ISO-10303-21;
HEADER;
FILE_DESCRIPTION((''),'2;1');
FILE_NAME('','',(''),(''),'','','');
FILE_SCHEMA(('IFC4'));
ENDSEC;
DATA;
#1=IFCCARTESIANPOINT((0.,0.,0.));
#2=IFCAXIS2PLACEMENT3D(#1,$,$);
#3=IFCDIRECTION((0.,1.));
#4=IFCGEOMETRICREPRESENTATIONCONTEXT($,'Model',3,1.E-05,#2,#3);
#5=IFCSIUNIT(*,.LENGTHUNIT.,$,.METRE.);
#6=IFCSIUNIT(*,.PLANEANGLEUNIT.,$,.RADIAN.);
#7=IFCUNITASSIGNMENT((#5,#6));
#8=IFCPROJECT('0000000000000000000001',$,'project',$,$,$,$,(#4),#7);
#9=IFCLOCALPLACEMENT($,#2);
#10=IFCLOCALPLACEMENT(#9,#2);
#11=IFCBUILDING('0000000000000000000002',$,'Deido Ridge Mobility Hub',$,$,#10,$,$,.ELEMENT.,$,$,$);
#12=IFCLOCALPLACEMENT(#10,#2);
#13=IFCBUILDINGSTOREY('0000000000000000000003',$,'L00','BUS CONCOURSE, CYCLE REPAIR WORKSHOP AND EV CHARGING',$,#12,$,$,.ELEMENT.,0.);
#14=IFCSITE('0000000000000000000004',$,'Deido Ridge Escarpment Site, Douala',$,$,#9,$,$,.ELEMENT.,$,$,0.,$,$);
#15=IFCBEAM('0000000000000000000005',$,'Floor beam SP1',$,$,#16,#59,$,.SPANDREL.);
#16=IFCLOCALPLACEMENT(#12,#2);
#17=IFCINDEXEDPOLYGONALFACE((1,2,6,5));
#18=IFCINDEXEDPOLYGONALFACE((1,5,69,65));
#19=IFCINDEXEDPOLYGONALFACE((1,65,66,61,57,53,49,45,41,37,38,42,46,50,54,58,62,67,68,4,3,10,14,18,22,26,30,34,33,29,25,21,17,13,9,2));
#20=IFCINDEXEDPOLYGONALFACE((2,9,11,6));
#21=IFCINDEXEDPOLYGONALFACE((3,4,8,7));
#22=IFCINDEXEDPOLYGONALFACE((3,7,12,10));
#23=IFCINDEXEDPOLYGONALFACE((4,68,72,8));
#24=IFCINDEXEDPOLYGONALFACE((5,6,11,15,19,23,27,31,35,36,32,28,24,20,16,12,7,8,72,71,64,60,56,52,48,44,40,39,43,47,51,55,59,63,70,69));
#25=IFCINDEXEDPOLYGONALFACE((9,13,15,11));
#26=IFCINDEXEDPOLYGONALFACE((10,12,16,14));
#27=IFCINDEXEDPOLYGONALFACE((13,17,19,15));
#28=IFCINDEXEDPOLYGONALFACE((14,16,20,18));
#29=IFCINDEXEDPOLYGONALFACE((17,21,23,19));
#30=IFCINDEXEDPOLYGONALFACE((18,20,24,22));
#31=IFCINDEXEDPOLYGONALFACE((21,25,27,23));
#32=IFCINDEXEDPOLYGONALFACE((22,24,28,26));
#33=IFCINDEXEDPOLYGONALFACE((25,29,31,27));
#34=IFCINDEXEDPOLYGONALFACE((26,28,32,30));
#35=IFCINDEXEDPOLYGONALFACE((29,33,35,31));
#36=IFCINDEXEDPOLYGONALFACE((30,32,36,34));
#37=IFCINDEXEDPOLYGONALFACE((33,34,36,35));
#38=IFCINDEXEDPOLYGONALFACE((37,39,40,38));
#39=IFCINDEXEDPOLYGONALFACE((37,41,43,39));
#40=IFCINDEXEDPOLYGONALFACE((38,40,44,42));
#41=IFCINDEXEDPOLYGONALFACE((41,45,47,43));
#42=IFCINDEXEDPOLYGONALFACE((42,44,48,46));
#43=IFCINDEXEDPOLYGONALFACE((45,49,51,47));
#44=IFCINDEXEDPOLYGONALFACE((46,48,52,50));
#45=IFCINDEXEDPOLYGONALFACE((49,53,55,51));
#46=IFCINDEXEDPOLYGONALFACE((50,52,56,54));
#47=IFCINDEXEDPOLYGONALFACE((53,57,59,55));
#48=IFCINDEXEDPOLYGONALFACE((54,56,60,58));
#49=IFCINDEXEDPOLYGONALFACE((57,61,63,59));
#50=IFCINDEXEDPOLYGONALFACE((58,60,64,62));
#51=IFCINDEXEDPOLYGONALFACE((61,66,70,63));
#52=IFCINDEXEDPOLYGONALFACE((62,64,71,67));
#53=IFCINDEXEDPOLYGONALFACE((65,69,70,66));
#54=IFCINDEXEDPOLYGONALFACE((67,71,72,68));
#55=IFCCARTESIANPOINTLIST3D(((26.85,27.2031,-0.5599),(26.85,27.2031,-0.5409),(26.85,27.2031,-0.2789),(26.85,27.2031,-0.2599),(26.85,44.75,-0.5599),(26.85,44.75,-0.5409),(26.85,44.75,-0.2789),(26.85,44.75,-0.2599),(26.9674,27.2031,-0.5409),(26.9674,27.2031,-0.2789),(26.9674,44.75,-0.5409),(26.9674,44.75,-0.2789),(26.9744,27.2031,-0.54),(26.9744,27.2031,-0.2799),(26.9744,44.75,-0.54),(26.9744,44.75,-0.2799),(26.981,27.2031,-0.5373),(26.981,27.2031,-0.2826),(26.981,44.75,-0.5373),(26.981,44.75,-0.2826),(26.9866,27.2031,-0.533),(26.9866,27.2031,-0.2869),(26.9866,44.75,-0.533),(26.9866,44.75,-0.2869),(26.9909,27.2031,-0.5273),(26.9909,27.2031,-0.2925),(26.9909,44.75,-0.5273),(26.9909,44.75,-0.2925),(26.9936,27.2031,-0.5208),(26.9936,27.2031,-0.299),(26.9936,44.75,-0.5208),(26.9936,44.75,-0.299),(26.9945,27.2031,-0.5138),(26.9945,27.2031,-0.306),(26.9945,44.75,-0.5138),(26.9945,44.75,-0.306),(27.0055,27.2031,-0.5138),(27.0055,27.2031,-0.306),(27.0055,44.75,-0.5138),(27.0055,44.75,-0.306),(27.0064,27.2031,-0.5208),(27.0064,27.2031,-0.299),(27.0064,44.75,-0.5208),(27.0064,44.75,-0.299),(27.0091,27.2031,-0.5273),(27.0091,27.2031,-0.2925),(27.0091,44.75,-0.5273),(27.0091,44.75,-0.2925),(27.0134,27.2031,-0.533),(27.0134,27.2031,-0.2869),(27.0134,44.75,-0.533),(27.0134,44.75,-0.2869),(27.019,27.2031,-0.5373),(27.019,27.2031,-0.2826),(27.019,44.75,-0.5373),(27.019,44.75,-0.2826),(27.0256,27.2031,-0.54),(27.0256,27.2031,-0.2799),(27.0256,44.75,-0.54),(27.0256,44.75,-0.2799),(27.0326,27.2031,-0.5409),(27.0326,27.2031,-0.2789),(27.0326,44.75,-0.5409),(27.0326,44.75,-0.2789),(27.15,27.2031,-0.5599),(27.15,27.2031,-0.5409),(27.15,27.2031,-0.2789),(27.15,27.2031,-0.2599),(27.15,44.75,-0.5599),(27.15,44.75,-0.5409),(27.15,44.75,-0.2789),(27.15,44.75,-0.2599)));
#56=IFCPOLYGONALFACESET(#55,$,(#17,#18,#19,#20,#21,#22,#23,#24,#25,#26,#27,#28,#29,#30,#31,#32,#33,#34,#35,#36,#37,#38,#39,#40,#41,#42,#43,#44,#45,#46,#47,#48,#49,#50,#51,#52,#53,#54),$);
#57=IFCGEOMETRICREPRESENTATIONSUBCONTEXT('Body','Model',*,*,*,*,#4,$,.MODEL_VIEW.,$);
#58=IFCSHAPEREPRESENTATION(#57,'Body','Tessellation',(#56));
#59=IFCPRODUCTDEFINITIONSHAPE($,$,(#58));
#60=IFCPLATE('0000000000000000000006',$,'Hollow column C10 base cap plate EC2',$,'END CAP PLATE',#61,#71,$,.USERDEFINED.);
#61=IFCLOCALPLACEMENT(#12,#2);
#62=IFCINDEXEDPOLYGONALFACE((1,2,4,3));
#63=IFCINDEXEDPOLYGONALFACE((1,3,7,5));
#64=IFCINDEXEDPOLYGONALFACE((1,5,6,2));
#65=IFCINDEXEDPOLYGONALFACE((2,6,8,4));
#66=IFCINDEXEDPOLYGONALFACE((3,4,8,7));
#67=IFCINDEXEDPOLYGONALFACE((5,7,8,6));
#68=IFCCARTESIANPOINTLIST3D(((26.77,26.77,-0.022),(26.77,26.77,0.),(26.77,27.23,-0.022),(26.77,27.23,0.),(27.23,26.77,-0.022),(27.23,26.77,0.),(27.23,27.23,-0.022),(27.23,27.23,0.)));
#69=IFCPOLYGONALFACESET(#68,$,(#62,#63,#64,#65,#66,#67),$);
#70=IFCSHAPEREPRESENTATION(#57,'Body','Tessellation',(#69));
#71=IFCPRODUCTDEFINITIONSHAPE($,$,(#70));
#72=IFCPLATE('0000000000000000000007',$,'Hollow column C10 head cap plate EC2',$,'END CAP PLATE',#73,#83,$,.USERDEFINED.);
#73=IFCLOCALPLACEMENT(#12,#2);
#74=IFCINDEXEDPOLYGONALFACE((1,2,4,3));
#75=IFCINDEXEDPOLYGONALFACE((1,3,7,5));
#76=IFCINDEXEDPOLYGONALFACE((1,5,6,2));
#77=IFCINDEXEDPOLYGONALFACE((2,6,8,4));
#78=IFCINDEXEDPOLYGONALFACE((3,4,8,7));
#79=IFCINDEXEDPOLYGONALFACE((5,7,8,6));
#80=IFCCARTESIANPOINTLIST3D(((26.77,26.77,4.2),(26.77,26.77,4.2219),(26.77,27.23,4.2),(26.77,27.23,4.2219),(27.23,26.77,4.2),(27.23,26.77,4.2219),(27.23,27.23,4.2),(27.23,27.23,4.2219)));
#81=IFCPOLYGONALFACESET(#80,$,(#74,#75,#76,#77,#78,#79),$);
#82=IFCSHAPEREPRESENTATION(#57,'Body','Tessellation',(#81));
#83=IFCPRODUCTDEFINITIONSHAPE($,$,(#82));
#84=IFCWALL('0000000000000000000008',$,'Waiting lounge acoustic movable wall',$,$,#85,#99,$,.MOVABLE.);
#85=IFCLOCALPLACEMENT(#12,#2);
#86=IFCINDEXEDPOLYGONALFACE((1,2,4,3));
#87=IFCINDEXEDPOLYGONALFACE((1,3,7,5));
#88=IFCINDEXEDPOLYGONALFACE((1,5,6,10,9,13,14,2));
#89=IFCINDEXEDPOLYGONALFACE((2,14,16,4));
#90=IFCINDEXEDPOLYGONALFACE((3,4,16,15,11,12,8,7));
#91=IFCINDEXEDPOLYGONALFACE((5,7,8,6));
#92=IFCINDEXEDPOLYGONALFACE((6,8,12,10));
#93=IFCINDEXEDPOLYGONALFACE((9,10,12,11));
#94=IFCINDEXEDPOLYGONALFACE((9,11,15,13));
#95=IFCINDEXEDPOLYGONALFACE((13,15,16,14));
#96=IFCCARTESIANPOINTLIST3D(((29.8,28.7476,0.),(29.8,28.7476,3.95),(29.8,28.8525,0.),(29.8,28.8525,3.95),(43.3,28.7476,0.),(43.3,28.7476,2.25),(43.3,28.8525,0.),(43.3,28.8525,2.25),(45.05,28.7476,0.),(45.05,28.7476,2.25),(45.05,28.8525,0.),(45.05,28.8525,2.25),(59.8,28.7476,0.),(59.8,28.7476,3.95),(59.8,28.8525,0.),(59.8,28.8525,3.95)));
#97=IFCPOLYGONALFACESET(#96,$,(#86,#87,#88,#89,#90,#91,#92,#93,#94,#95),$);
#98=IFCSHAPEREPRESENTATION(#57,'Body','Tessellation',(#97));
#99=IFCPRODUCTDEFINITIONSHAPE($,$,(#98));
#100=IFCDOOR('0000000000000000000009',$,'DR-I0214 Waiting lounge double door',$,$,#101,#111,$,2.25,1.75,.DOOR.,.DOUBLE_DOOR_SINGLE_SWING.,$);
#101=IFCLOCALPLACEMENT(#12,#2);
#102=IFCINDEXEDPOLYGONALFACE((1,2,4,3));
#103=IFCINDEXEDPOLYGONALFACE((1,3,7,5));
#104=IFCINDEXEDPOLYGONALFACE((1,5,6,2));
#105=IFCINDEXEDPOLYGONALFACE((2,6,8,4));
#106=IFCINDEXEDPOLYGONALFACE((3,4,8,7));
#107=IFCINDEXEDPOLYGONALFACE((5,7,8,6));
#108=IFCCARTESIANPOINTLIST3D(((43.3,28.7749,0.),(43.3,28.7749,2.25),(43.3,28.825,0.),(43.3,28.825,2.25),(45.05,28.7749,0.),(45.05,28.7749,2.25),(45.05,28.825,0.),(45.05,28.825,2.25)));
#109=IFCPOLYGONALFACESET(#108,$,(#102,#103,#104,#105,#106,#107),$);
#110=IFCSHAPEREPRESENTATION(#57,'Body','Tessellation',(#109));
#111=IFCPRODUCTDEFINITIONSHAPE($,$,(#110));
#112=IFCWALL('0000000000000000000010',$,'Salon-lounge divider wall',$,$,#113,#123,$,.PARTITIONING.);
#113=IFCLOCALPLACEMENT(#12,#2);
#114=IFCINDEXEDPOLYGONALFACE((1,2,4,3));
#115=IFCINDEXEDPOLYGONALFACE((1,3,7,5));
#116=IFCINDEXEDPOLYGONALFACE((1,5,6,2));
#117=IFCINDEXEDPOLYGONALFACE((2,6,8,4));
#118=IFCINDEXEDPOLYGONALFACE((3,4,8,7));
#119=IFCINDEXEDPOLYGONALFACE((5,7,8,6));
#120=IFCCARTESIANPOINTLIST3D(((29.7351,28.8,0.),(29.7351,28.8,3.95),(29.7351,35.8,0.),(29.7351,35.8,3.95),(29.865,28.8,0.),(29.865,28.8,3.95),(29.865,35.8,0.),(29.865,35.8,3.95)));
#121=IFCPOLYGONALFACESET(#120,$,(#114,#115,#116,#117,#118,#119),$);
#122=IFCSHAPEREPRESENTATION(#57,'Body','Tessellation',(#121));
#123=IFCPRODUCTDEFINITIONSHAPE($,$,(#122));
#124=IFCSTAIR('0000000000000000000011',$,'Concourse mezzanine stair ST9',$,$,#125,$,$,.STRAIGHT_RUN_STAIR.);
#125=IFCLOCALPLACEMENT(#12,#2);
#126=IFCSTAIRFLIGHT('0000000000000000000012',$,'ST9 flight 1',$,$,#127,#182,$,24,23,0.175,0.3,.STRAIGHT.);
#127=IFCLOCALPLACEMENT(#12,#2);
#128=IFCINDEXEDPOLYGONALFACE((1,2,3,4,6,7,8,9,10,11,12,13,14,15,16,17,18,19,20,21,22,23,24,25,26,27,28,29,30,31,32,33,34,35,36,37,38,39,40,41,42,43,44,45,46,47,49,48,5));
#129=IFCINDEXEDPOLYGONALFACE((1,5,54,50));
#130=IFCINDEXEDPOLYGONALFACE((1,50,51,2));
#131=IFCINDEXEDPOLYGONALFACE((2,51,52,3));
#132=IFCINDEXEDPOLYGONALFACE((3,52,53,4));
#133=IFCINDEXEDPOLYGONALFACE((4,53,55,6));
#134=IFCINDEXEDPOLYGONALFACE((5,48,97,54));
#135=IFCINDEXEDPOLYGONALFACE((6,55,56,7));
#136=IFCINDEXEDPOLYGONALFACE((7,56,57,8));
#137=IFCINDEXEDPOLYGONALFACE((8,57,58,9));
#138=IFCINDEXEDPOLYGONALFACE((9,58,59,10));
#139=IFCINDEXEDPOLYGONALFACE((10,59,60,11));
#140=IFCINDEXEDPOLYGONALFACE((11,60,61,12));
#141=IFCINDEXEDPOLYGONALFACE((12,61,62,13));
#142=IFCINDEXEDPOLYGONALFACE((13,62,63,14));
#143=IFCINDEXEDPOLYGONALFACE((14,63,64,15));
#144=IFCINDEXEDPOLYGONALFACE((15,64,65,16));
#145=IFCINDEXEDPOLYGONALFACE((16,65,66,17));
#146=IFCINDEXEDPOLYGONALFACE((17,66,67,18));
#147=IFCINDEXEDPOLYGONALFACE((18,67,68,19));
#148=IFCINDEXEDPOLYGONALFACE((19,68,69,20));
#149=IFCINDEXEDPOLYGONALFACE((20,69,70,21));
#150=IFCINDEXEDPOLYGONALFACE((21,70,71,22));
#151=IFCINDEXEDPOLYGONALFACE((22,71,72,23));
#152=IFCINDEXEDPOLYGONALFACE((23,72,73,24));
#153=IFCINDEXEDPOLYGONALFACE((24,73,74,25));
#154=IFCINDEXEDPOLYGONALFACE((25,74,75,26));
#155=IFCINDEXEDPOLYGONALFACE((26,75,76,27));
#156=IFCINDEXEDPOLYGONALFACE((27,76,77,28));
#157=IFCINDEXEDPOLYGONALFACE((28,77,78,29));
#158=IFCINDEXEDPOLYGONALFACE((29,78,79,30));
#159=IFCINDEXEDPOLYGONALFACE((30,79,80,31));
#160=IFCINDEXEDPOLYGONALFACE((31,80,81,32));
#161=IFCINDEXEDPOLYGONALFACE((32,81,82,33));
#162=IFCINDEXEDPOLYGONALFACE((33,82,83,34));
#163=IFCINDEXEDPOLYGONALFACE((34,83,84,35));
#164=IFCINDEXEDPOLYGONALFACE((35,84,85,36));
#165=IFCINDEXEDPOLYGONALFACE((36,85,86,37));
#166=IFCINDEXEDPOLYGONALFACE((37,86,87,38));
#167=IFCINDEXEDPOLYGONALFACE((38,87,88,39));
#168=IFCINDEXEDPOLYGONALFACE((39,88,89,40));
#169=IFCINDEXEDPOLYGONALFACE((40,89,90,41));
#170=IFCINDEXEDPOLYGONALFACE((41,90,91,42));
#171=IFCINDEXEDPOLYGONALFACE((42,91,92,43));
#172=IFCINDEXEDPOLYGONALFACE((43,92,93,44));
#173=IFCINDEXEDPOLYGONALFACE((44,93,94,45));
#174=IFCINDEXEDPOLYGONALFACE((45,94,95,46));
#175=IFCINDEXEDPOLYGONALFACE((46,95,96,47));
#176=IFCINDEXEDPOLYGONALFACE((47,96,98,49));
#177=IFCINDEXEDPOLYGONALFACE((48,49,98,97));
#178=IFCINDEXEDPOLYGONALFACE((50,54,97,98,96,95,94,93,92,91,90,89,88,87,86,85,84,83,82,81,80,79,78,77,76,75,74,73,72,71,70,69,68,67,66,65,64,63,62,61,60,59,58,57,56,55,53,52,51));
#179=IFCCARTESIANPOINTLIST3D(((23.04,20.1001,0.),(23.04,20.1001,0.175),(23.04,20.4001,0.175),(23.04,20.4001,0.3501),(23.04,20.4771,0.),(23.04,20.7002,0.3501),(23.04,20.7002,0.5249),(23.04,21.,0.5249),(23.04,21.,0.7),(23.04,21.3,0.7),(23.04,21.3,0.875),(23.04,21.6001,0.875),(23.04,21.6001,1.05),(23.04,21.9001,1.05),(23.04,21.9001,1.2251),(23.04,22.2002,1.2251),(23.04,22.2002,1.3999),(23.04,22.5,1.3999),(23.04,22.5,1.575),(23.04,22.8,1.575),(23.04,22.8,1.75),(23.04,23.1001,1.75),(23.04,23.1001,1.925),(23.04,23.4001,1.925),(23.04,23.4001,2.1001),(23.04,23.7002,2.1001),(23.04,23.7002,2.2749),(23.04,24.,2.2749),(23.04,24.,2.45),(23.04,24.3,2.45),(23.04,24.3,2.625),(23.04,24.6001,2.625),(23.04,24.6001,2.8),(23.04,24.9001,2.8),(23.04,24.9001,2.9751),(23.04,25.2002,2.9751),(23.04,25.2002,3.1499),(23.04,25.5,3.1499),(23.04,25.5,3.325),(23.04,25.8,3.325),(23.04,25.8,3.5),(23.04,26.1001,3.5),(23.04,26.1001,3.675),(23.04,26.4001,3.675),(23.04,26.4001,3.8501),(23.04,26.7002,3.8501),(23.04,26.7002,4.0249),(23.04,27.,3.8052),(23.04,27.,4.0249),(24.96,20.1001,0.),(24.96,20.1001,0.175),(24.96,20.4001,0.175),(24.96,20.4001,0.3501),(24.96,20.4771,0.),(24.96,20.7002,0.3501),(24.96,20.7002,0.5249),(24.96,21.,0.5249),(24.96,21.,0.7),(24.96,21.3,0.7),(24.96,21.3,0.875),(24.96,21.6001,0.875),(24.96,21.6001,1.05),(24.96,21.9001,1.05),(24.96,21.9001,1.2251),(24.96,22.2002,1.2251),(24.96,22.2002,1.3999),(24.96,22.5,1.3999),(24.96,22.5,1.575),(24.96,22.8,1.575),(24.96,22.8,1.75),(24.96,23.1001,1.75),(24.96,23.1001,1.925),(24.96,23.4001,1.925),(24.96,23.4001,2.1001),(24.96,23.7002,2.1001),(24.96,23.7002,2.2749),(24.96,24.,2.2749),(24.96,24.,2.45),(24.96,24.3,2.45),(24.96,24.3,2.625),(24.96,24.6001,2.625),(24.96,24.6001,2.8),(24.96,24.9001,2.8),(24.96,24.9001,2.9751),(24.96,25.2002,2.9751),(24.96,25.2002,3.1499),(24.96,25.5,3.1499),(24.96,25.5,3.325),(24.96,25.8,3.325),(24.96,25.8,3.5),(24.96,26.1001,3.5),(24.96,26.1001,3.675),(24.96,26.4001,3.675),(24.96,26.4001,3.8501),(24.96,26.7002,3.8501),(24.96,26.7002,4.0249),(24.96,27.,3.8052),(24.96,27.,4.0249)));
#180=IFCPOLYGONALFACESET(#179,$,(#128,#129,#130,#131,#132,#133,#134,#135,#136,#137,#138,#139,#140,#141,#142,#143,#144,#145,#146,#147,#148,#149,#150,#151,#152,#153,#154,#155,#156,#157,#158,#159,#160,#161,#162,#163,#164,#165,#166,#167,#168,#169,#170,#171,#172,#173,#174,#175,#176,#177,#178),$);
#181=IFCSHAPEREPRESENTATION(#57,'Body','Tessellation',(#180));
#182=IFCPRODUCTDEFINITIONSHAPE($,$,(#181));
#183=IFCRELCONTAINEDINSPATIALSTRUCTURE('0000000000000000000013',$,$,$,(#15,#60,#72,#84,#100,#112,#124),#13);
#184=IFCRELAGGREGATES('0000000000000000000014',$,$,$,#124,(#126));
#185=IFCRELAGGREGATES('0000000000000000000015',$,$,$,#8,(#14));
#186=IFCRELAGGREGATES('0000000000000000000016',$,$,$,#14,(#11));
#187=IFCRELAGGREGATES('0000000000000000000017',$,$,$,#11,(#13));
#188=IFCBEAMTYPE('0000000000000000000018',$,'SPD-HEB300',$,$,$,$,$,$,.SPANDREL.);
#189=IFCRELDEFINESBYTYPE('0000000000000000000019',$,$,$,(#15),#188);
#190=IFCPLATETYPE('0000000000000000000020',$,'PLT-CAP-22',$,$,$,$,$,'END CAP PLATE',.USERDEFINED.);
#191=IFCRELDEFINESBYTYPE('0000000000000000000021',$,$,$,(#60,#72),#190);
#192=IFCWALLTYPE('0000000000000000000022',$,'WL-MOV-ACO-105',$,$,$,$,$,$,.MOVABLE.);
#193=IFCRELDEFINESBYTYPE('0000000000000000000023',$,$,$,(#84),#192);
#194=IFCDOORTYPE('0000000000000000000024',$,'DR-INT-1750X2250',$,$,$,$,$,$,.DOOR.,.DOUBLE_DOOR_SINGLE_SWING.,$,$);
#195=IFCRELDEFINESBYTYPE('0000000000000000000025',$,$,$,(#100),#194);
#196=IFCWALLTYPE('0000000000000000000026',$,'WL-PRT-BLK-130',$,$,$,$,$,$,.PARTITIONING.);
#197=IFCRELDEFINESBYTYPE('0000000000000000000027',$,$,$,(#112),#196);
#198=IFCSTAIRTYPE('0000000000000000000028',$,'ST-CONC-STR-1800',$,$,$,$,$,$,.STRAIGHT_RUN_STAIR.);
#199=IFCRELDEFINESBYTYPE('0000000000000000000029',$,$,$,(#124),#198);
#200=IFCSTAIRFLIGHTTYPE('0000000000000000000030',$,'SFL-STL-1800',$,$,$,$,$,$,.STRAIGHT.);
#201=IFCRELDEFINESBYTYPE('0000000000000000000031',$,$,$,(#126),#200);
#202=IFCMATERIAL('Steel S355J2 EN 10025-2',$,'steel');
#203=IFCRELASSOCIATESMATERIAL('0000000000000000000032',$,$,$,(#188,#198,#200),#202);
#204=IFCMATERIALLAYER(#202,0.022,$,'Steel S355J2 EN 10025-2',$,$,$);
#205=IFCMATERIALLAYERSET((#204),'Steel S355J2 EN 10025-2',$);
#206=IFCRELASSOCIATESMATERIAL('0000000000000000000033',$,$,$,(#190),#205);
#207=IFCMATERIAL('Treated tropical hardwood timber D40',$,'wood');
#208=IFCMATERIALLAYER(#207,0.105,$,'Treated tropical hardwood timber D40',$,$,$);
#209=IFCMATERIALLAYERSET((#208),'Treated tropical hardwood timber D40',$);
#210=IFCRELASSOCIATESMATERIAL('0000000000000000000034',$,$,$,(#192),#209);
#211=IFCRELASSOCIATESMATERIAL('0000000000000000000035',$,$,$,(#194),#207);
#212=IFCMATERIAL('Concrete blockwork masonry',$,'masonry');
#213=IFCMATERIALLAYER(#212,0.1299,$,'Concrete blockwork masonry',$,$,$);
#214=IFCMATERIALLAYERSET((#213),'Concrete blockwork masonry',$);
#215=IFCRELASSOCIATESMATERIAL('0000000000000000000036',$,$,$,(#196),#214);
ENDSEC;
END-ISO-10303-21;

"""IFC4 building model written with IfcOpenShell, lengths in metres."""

from ifc_helpers import new_model, si_unit, direction, frame, frame_2d, origin, origin_2d, place, context, subcontext, project, spatial, polyline, rectangle, i_section, outline, extrude, material, layer, layer_set, material_profile, profile_set, type_object, element, fill, aggregate, save


model = new_model("IFC4")

# Units and contexts
model_context = context("Model", 3, precision=1e-05, world=origin(), true_north=direction((0.0, 1.0)))
body_context = subcontext(model_context, "Body", "Model", "MODEL_VIEW")
ifc_project = project(units=[si_unit("LENGTHUNIT", "METRE"), si_unit("PLANEANGLEUNIT", "RADIAN")], contexts=[model_context])

# Site, building, storey
site_placement = place(None, origin())
site = spatial("IfcSite", under=ifc_project, at=site_placement, Name="Deido Ridge Escarpment Site, Douala", CompositionType="ELEMENT", RefElevation=0.0)
building_placement = place(site_placement, origin())
building = spatial("IfcBuilding", under=site, at=building_placement, Name="Deido Ridge Mobility Hub", CompositionType="ELEMENT")
storey_placement = place(building_placement, origin())
storey = spatial("IfcBuildingStorey", under=building, at=storey_placement, Name="L00", Description="BUS CONCOURSE, CYCLE REPAIR WORKSHOP AND EV CHARGING", CompositionType="ELEMENT", Elevation=0.0)

# Shared definitions
ifc_material_1 = material(Name="Steel S355J2 EN 10025-2", Category="steel")

# Beam
ifc_material_profile_1 = material_profile(ifc_material_1, i_section(OverallWidth=0.3, OverallDepth=0.3, WebThickness=0.011, FlangeThickness=0.019, FilletRadius=0.0271, at=origin_2d()), Name="HEB 300")
ifc_profile_set_1 = profile_set([ifc_material_profile_1], Name="Steel S355J2 EN 10025-2")
beam_type_1 = type_object("IfcBeamType", Name="SPD-HEB300", PredefinedType="SPANDREL", material=ifc_profile_set_1)
beam_1_placement = place(storey_placement, frame((27.0, 27.2031, -0.4099), z_axis=(0.0, 1.0, 0.0), x_axis=(-1.0, 0.0, 0.0)))
element("IfcBeam", 1, at=beam_1_placement, inside=storey, type_object=beam_type_1, Name="Floor beam SP1", PredefinedType="SPANDREL", context=body_context, shape_type="SweptSolid", body=[
    extrude(i_section(OverallWidth=0.3, OverallDepth=0.3, WebThickness=0.011, FlangeThickness=0.019, FilletRadius=0.0271, at=origin_2d()), origin(), (0.0, 0.0, 1.0), 17.5469),
])

# Plates
ifc_layer_1 = layer(ifc_material_1, 0.022, Name="Steel S355J2 EN 10025-2")
ifc_layer_set_1 = layer_set([ifc_layer_1], Name="Steel S355J2 EN 10025-2")
plate_type = type_object("IfcPlateType", Name="PLT-CAP-22", ElementType="END CAP PLATE", PredefinedType="USERDEFINED", material=ifc_layer_set_1)
for number, where, z_axis, x_axis, name in (
    (2, (27.0, 27.0, -0.022), (0.0, 0.0, 1.0), (1.0, 0.0, 0.0), "Hollow column C10 base cap plate EC2"),
    (3, (27.0, 27.0, 4.2), (0.0, 0.0, 1.0), (1.0, 0.0, 0.0), "Hollow column C10 head cap plate EC2"),
):
    element("IfcPlate", number, at=place(storey_placement, frame(where, z_axis=z_axis, x_axis=x_axis)), inside=storey, type_object=plate_type, Name=name, ObjectType="END CAP PLATE", PredefinedType="USERDEFINED", context=body_context, shape_type="SweptSolid", body=[
        extrude(rectangle(XDim=0.46, YDim=0.46, at=origin_2d()), origin(), (0.0, 0.0, 1.0), 0.022),
    ])

# Wall, opening, door
ifc_material_2 = material(Name="Treated tropical hardwood timber D40", Category="wood")
ifc_layer_2 = layer(ifc_material_2, 0.105, Name="Treated tropical hardwood timber D40")
ifc_layer_set_2 = layer_set([ifc_layer_2], Name="Treated tropical hardwood timber D40")
wall_type_1 = type_object("IfcWallType", Name="WL-MOV-ACO-105", PredefinedType="MOVABLE", material=ifc_layer_set_2)
wall_1_placement = place(storey_placement, frame((29.8, 28.8, 0.0), z_axis=(0.0, 0.0, 1.0), x_axis=(1.0, 0.0, 0.0)))
wall_1 = element("IfcWall", 4, at=wall_1_placement, inside=storey, type_object=wall_type_1, Name="Waiting lounge acoustic movable wall", PredefinedType="MOVABLE", context=body_context, shape_type="SweptSolid", body=[
    extrude(rectangle(XDim=30.0, YDim=0.105, at=frame_2d((15.0, 0.0))), origin(), (0.0, 0.0, 1.0), 3.95),
])
opening_placement = place(wall_1_placement, frame((13.5, 0.0, 0.0)))
opening = element("IfcOpeningElement", 5, at=opening_placement, cuts=wall_1, PredefinedType="OPENING", context=body_context, shape_type="SweptSolid", body=[
    extrude(rectangle(XDim=1.75, YDim=2.25, at=frame_2d((0.875, 1.125))), frame((0.0, 0.0625, 0.0), z_axis=(0.0, -1.0, 0.0), x_axis=(1.0, 0.0, 0.0)), (0.0, 0.0, 1.0), 0.125),
])
door_type = type_object("IfcDoorType", Name="DR-INT-1750X2250", OperationType="DOUBLE_DOOR_SINGLE_SWING", PredefinedType="DOOR", material=ifc_material_2)
door_placement = place(opening_placement, origin())
door = element("IfcDoor", 6, at=door_placement, inside=storey, type_object=door_type, Name="DR-I0214 Waiting lounge double door", OperationType="DOUBLE_DOOR_SINGLE_SWING", OverallHeight=2.25, OverallWidth=1.75, PredefinedType="DOOR", context=body_context, shape_type="SweptSolid", body=[
    extrude(rectangle(XDim=1.75, YDim=2.25, at=frame_2d((0.875, 1.125))), frame((0.0, 0.0249, 0.0), z_axis=(0.0, -1.0, 0.0), x_axis=(1.0, 0.0, 0.0)), (0.0, 0.0, 1.0), 0.05),
])
fill(opening, door)

# Wall
ifc_material_3 = material(Name="Concrete blockwork masonry", Category="masonry")
ifc_layer_3 = layer(ifc_material_3, 0.1299, Name="Concrete blockwork masonry")
ifc_layer_set_3 = layer_set([ifc_layer_3], Name="Concrete blockwork masonry")
wall_type_2 = type_object("IfcWallType", Name="WL-PRT-BLK-130", PredefinedType="PARTITIONING", material=ifc_layer_set_3)
wall_2_placement = place(storey_placement, frame((29.8, 28.8, 0.0), z_axis=(0.0, 0.0, 1.0), x_axis=(0.0, 1.0, 0.0)))
element("IfcWall", 7, at=wall_2_placement, inside=storey, type_object=wall_type_2, Name="Salon-lounge divider wall", PredefinedType="PARTITIONING", context=body_context, shape_type="SweptSolid", body=[
    extrude(rectangle(XDim=7.0, YDim=0.1299, at=frame_2d((3.5, 0.0))), origin(), (0.0, 0.0, 1.0), 3.95),
])

# Stair, stair flight
stair_type = type_object("IfcStairType", Name="ST-CONC-STR-1800", PredefinedType="STRAIGHT_RUN_STAIR", material=ifc_material_1)
stair_placement = place(storey_placement, origin())
stair = element("IfcStair", 8, at=stair_placement, inside=storey, type_object=stair_type, Name="Concourse mezzanine stair ST9", PredefinedType="STRAIGHT_RUN_STAIR")
stair_flight_type = type_object("IfcStairFlightType", Name="SFL-STL-1800", PredefinedType="STRAIGHT", material=ifc_material_1)
stair_flight_placement = place(storey_placement, frame((24.0, 20.1001, 0.0), z_axis=(0.0, 0.0, 1.0), x_axis=(0.0, 1.0, 0.0)))
stair_flight = element("IfcStairFlight", 9, at=stair_flight_placement, type_object=stair_flight_type, Name="ST9 flight 1", NumberOfRisers=24, NumberOfTreads=23, PredefinedType="STRAIGHT", RiserHeight=0.175, TreadLength=0.3, context=body_context, shape_type="SweptSolid", body=[
    extrude(outline(polyline([(0.0, 0.0), (0.0, 0.175), (0.3, 0.175), (0.3, 0.3501), (0.6001, 0.3501), (0.6001, 0.5249), (0.8999, 0.5249), (0.8999, 0.7), (1.2, 0.7), (1.2, 0.875), (1.5, 0.875), (1.5, 1.05), (1.8, 1.05), (1.8, 1.2251), (2.1001, 1.2251), (2.1001, 1.3999), (2.3999, 1.3999), (2.3999, 1.575), (2.7, 1.575), (2.7, 1.75), (3.0, 1.75), (3.0, 1.925), (3.3, 1.925), (3.3, 2.1001), (3.6001, 2.1001), (3.6001, 2.2749), (3.8999, 2.2749), (3.8999, 2.45), (4.2, 2.45), (4.2, 2.625), (4.5, 2.625), (4.5, 2.8), (4.8, 2.8), (4.8, 2.9751), (5.1001, 2.9751), (5.1001, 3.1499), (5.3999, 3.1499), (5.3999, 3.325), (5.7, 3.325), (5.7, 3.5), (6.0, 3.5), (6.0, 3.675), (6.3, 3.675), (6.3, 3.8501), (6.6001, 3.8501), (6.6001, 4.0249), (6.8999, 4.0249), (6.8999, 4.2), (6.8999, 3.8052), (0.377, 0.0), (0.0, 0.0)])), frame((0.0, 0.96, 0.0), z_axis=(0.0, -1.0, 0.0), x_axis=(1.0, 0.0, 0.0)), (0.0, 0.0, 1.0), 1.9199),
])
aggregate(stair, [stair_flight])

save(model, "model.ifc")
